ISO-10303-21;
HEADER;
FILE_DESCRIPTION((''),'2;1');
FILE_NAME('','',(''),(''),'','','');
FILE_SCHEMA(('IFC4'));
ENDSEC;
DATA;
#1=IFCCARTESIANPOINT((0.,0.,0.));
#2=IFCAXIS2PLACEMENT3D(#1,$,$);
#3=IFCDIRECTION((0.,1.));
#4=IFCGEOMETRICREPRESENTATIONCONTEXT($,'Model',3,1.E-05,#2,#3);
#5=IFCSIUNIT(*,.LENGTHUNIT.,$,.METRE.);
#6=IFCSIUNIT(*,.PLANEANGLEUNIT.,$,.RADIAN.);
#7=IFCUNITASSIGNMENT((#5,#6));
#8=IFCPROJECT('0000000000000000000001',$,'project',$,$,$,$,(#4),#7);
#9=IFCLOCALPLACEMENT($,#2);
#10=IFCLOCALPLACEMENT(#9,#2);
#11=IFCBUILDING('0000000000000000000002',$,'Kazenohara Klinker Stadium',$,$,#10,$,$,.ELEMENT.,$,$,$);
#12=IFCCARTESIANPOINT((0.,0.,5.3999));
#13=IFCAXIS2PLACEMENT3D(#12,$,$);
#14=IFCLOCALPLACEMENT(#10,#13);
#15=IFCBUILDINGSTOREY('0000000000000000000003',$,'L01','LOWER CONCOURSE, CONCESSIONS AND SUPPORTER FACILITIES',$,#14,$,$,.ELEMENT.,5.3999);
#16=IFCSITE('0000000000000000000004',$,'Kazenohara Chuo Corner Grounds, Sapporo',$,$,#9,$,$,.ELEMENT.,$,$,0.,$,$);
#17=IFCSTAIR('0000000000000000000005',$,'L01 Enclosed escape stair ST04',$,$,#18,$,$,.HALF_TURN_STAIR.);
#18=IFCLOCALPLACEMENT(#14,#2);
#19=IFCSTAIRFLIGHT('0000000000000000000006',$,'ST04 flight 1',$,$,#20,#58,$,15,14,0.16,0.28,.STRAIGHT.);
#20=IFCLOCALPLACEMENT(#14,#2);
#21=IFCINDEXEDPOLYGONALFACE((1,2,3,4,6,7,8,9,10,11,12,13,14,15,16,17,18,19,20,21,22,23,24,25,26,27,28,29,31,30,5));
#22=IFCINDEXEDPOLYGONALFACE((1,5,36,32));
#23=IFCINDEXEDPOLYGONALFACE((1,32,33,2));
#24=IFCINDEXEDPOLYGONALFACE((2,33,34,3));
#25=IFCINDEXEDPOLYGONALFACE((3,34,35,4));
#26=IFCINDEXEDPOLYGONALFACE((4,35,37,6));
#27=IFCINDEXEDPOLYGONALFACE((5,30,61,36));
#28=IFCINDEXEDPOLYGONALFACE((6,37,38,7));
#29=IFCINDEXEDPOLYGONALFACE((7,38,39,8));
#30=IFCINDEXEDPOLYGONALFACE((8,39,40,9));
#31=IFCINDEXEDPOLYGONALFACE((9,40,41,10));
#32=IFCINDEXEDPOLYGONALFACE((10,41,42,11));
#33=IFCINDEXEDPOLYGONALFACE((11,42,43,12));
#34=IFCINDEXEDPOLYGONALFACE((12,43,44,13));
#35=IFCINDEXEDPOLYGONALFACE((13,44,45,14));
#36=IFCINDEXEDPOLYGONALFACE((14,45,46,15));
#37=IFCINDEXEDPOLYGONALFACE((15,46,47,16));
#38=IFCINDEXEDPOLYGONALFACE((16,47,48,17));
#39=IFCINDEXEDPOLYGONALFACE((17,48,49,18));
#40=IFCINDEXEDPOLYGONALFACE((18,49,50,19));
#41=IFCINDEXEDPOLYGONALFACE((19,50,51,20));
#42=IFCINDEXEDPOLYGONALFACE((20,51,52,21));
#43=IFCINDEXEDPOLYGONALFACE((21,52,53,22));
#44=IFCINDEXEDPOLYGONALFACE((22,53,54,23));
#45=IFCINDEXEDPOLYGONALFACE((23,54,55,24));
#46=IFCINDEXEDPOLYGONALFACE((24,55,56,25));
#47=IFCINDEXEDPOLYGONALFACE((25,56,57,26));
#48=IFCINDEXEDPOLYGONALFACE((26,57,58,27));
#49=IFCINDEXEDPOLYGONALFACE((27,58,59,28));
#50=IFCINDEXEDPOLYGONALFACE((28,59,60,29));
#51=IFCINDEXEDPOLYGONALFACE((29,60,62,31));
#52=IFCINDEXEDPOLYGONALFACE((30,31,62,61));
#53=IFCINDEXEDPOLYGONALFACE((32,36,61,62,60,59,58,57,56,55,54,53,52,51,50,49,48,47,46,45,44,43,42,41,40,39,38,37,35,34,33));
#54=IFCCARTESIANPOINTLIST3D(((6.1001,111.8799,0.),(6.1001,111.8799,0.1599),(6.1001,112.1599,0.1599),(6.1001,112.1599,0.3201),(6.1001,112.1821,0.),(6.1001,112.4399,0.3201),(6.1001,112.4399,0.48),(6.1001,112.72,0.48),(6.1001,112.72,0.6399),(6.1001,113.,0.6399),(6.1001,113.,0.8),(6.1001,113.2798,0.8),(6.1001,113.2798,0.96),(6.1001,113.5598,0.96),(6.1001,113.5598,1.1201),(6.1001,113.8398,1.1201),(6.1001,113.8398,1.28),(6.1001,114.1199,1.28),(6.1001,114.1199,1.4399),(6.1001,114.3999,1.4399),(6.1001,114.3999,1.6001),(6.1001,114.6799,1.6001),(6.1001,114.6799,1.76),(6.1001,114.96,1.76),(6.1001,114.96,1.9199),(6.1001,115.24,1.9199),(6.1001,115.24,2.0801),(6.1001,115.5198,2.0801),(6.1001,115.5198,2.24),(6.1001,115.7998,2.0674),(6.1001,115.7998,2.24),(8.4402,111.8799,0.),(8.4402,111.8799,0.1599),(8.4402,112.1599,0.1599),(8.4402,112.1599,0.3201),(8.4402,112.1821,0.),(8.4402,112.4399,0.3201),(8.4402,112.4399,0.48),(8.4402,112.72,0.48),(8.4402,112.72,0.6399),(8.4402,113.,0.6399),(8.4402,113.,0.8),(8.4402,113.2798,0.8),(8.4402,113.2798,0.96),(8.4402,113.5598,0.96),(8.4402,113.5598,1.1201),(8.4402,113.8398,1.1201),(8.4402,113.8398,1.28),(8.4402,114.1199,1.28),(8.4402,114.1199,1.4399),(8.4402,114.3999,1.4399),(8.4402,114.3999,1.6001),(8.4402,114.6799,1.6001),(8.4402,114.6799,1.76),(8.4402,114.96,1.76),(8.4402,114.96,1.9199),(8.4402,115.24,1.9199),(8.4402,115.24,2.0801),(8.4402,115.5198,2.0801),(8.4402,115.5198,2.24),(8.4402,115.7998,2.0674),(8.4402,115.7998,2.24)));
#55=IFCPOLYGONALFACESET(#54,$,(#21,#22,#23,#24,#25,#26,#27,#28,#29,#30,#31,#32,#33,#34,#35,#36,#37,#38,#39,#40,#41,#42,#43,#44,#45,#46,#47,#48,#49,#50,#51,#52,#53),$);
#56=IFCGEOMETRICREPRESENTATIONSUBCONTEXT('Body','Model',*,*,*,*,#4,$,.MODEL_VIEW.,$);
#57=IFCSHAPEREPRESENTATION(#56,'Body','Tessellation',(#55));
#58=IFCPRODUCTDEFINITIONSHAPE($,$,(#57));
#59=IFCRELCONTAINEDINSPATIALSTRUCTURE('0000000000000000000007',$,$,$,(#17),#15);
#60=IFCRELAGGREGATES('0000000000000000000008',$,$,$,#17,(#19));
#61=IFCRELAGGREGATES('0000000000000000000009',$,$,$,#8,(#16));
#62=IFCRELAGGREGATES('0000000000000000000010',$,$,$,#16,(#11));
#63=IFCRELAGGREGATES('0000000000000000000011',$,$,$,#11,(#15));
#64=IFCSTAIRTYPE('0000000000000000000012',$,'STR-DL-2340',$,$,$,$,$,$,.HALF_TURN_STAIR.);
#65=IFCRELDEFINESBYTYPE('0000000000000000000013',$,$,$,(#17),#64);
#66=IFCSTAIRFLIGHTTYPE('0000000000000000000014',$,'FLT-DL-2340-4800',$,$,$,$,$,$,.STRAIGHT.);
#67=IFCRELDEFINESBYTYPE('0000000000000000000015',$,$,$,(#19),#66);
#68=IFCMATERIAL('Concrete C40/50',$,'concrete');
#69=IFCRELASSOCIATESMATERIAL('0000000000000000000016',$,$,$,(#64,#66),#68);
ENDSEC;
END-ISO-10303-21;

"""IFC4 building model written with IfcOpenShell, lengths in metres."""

from ifc_helpers import new_model, si_unit, direction, frame, origin, place, context, subcontext, project, spatial, polyline, outline, extrude, material, type_object, element, aggregate, save


model = new_model("IFC4")

# Units and contexts
model_context = context("Model", 3, precision=1e-05, world=origin(), true_north=direction((0.0, 1.0)))
body_context = subcontext(model_context, "Body", "Model", "MODEL_VIEW")
ifc_project = project(units=[si_unit("LENGTHUNIT", "METRE"), si_unit("PLANEANGLEUNIT", "RADIAN")], contexts=[model_context])

# Site, building, storey
site_placement = place(None, origin())
site = spatial("IfcSite", under=ifc_project, at=site_placement, Name="Kazenohara Chuo Corner Grounds, Sapporo", CompositionType="ELEMENT", RefElevation=0.0)
building_placement = place(site_placement, origin())
building = spatial("IfcBuilding", under=site, at=building_placement, Name="Kazenohara Klinker Stadium", CompositionType="ELEMENT")
storey_placement = place(building_placement, frame((0.0, 0.0, 5.3999)))
storey = spatial("IfcBuildingStorey", under=building, at=storey_placement, Name="L01", Description="LOWER CONCOURSE, CONCESSIONS AND SUPPORTER FACILITIES", CompositionType="ELEMENT", Elevation=5.3999)

# Shared definitions
ifc_material_1 = material(Name="Concrete C40/50", Category="concrete")

# Stair, stair flight
stair_type = type_object("IfcStairType", Name="STR-DL-2340", PredefinedType="HALF_TURN_STAIR", material=ifc_material_1)
stair_placement = place(storey_placement, origin())
stair = element("IfcStair", 1, at=stair_placement, inside=storey, type_object=stair_type, Name="L01 Enclosed escape stair ST04", PredefinedType="HALF_TURN_STAIR")
stair_flight_type = type_object("IfcStairFlightType", Name="FLT-DL-2340-4800", PredefinedType="STRAIGHT", material=ifc_material_1)
stair_flight_placement = place(storey_placement, frame((7.27, 111.8799, 0.0), z_axis=(0.0, 0.0, 1.0), x_axis=(0.0, 1.0, 0.0)))
stair_flight = element("IfcStairFlight", 2, at=stair_flight_placement, type_object=stair_flight_type, Name="ST04 flight 1", NumberOfRisers=15, NumberOfTreads=14, PredefinedType="STRAIGHT", RiserHeight=0.16, TreadLength=0.28, context=body_context, shape_type="SweptSolid", body=[
    extrude(outline(polyline([(0.0, 0.0), (0.0, 0.1599), (0.28, 0.1599), (0.28, 0.3201), (0.5601, 0.3201), (0.5601, 0.48), (0.8401, 0.48), (0.8401, 0.6399), (1.1201, 0.6399), (1.1201, 0.8), (1.3999, 0.8), (1.3999, 0.96), (1.6799, 0.96), (1.6799, 1.1201), (1.96, 1.1201), (1.96, 1.28), (2.24, 1.28), (2.24, 1.4399), (2.52, 1.4399), (2.52, 1.6001), (2.8, 1.6001), (2.8, 1.76), (3.0801, 1.76), (3.0801, 1.9199), (3.3601, 1.9199), (3.3601, 2.0801), (3.6399, 2.0801), (3.6399, 2.24), (3.9199, 2.24), (3.9199, 2.3999), (3.9199, 2.0674), (0.3022, 0.0), (0.0, 0.0)])), frame((0.0, 1.1699, 0.0), z_axis=(0.0, -1.0, 0.0), x_axis=(1.0, 0.0, 0.0)), (0.0, 0.0, 1.0), 2.3401),
])
aggregate(stair, [stair_flight])

save(model, "model.ifc")
